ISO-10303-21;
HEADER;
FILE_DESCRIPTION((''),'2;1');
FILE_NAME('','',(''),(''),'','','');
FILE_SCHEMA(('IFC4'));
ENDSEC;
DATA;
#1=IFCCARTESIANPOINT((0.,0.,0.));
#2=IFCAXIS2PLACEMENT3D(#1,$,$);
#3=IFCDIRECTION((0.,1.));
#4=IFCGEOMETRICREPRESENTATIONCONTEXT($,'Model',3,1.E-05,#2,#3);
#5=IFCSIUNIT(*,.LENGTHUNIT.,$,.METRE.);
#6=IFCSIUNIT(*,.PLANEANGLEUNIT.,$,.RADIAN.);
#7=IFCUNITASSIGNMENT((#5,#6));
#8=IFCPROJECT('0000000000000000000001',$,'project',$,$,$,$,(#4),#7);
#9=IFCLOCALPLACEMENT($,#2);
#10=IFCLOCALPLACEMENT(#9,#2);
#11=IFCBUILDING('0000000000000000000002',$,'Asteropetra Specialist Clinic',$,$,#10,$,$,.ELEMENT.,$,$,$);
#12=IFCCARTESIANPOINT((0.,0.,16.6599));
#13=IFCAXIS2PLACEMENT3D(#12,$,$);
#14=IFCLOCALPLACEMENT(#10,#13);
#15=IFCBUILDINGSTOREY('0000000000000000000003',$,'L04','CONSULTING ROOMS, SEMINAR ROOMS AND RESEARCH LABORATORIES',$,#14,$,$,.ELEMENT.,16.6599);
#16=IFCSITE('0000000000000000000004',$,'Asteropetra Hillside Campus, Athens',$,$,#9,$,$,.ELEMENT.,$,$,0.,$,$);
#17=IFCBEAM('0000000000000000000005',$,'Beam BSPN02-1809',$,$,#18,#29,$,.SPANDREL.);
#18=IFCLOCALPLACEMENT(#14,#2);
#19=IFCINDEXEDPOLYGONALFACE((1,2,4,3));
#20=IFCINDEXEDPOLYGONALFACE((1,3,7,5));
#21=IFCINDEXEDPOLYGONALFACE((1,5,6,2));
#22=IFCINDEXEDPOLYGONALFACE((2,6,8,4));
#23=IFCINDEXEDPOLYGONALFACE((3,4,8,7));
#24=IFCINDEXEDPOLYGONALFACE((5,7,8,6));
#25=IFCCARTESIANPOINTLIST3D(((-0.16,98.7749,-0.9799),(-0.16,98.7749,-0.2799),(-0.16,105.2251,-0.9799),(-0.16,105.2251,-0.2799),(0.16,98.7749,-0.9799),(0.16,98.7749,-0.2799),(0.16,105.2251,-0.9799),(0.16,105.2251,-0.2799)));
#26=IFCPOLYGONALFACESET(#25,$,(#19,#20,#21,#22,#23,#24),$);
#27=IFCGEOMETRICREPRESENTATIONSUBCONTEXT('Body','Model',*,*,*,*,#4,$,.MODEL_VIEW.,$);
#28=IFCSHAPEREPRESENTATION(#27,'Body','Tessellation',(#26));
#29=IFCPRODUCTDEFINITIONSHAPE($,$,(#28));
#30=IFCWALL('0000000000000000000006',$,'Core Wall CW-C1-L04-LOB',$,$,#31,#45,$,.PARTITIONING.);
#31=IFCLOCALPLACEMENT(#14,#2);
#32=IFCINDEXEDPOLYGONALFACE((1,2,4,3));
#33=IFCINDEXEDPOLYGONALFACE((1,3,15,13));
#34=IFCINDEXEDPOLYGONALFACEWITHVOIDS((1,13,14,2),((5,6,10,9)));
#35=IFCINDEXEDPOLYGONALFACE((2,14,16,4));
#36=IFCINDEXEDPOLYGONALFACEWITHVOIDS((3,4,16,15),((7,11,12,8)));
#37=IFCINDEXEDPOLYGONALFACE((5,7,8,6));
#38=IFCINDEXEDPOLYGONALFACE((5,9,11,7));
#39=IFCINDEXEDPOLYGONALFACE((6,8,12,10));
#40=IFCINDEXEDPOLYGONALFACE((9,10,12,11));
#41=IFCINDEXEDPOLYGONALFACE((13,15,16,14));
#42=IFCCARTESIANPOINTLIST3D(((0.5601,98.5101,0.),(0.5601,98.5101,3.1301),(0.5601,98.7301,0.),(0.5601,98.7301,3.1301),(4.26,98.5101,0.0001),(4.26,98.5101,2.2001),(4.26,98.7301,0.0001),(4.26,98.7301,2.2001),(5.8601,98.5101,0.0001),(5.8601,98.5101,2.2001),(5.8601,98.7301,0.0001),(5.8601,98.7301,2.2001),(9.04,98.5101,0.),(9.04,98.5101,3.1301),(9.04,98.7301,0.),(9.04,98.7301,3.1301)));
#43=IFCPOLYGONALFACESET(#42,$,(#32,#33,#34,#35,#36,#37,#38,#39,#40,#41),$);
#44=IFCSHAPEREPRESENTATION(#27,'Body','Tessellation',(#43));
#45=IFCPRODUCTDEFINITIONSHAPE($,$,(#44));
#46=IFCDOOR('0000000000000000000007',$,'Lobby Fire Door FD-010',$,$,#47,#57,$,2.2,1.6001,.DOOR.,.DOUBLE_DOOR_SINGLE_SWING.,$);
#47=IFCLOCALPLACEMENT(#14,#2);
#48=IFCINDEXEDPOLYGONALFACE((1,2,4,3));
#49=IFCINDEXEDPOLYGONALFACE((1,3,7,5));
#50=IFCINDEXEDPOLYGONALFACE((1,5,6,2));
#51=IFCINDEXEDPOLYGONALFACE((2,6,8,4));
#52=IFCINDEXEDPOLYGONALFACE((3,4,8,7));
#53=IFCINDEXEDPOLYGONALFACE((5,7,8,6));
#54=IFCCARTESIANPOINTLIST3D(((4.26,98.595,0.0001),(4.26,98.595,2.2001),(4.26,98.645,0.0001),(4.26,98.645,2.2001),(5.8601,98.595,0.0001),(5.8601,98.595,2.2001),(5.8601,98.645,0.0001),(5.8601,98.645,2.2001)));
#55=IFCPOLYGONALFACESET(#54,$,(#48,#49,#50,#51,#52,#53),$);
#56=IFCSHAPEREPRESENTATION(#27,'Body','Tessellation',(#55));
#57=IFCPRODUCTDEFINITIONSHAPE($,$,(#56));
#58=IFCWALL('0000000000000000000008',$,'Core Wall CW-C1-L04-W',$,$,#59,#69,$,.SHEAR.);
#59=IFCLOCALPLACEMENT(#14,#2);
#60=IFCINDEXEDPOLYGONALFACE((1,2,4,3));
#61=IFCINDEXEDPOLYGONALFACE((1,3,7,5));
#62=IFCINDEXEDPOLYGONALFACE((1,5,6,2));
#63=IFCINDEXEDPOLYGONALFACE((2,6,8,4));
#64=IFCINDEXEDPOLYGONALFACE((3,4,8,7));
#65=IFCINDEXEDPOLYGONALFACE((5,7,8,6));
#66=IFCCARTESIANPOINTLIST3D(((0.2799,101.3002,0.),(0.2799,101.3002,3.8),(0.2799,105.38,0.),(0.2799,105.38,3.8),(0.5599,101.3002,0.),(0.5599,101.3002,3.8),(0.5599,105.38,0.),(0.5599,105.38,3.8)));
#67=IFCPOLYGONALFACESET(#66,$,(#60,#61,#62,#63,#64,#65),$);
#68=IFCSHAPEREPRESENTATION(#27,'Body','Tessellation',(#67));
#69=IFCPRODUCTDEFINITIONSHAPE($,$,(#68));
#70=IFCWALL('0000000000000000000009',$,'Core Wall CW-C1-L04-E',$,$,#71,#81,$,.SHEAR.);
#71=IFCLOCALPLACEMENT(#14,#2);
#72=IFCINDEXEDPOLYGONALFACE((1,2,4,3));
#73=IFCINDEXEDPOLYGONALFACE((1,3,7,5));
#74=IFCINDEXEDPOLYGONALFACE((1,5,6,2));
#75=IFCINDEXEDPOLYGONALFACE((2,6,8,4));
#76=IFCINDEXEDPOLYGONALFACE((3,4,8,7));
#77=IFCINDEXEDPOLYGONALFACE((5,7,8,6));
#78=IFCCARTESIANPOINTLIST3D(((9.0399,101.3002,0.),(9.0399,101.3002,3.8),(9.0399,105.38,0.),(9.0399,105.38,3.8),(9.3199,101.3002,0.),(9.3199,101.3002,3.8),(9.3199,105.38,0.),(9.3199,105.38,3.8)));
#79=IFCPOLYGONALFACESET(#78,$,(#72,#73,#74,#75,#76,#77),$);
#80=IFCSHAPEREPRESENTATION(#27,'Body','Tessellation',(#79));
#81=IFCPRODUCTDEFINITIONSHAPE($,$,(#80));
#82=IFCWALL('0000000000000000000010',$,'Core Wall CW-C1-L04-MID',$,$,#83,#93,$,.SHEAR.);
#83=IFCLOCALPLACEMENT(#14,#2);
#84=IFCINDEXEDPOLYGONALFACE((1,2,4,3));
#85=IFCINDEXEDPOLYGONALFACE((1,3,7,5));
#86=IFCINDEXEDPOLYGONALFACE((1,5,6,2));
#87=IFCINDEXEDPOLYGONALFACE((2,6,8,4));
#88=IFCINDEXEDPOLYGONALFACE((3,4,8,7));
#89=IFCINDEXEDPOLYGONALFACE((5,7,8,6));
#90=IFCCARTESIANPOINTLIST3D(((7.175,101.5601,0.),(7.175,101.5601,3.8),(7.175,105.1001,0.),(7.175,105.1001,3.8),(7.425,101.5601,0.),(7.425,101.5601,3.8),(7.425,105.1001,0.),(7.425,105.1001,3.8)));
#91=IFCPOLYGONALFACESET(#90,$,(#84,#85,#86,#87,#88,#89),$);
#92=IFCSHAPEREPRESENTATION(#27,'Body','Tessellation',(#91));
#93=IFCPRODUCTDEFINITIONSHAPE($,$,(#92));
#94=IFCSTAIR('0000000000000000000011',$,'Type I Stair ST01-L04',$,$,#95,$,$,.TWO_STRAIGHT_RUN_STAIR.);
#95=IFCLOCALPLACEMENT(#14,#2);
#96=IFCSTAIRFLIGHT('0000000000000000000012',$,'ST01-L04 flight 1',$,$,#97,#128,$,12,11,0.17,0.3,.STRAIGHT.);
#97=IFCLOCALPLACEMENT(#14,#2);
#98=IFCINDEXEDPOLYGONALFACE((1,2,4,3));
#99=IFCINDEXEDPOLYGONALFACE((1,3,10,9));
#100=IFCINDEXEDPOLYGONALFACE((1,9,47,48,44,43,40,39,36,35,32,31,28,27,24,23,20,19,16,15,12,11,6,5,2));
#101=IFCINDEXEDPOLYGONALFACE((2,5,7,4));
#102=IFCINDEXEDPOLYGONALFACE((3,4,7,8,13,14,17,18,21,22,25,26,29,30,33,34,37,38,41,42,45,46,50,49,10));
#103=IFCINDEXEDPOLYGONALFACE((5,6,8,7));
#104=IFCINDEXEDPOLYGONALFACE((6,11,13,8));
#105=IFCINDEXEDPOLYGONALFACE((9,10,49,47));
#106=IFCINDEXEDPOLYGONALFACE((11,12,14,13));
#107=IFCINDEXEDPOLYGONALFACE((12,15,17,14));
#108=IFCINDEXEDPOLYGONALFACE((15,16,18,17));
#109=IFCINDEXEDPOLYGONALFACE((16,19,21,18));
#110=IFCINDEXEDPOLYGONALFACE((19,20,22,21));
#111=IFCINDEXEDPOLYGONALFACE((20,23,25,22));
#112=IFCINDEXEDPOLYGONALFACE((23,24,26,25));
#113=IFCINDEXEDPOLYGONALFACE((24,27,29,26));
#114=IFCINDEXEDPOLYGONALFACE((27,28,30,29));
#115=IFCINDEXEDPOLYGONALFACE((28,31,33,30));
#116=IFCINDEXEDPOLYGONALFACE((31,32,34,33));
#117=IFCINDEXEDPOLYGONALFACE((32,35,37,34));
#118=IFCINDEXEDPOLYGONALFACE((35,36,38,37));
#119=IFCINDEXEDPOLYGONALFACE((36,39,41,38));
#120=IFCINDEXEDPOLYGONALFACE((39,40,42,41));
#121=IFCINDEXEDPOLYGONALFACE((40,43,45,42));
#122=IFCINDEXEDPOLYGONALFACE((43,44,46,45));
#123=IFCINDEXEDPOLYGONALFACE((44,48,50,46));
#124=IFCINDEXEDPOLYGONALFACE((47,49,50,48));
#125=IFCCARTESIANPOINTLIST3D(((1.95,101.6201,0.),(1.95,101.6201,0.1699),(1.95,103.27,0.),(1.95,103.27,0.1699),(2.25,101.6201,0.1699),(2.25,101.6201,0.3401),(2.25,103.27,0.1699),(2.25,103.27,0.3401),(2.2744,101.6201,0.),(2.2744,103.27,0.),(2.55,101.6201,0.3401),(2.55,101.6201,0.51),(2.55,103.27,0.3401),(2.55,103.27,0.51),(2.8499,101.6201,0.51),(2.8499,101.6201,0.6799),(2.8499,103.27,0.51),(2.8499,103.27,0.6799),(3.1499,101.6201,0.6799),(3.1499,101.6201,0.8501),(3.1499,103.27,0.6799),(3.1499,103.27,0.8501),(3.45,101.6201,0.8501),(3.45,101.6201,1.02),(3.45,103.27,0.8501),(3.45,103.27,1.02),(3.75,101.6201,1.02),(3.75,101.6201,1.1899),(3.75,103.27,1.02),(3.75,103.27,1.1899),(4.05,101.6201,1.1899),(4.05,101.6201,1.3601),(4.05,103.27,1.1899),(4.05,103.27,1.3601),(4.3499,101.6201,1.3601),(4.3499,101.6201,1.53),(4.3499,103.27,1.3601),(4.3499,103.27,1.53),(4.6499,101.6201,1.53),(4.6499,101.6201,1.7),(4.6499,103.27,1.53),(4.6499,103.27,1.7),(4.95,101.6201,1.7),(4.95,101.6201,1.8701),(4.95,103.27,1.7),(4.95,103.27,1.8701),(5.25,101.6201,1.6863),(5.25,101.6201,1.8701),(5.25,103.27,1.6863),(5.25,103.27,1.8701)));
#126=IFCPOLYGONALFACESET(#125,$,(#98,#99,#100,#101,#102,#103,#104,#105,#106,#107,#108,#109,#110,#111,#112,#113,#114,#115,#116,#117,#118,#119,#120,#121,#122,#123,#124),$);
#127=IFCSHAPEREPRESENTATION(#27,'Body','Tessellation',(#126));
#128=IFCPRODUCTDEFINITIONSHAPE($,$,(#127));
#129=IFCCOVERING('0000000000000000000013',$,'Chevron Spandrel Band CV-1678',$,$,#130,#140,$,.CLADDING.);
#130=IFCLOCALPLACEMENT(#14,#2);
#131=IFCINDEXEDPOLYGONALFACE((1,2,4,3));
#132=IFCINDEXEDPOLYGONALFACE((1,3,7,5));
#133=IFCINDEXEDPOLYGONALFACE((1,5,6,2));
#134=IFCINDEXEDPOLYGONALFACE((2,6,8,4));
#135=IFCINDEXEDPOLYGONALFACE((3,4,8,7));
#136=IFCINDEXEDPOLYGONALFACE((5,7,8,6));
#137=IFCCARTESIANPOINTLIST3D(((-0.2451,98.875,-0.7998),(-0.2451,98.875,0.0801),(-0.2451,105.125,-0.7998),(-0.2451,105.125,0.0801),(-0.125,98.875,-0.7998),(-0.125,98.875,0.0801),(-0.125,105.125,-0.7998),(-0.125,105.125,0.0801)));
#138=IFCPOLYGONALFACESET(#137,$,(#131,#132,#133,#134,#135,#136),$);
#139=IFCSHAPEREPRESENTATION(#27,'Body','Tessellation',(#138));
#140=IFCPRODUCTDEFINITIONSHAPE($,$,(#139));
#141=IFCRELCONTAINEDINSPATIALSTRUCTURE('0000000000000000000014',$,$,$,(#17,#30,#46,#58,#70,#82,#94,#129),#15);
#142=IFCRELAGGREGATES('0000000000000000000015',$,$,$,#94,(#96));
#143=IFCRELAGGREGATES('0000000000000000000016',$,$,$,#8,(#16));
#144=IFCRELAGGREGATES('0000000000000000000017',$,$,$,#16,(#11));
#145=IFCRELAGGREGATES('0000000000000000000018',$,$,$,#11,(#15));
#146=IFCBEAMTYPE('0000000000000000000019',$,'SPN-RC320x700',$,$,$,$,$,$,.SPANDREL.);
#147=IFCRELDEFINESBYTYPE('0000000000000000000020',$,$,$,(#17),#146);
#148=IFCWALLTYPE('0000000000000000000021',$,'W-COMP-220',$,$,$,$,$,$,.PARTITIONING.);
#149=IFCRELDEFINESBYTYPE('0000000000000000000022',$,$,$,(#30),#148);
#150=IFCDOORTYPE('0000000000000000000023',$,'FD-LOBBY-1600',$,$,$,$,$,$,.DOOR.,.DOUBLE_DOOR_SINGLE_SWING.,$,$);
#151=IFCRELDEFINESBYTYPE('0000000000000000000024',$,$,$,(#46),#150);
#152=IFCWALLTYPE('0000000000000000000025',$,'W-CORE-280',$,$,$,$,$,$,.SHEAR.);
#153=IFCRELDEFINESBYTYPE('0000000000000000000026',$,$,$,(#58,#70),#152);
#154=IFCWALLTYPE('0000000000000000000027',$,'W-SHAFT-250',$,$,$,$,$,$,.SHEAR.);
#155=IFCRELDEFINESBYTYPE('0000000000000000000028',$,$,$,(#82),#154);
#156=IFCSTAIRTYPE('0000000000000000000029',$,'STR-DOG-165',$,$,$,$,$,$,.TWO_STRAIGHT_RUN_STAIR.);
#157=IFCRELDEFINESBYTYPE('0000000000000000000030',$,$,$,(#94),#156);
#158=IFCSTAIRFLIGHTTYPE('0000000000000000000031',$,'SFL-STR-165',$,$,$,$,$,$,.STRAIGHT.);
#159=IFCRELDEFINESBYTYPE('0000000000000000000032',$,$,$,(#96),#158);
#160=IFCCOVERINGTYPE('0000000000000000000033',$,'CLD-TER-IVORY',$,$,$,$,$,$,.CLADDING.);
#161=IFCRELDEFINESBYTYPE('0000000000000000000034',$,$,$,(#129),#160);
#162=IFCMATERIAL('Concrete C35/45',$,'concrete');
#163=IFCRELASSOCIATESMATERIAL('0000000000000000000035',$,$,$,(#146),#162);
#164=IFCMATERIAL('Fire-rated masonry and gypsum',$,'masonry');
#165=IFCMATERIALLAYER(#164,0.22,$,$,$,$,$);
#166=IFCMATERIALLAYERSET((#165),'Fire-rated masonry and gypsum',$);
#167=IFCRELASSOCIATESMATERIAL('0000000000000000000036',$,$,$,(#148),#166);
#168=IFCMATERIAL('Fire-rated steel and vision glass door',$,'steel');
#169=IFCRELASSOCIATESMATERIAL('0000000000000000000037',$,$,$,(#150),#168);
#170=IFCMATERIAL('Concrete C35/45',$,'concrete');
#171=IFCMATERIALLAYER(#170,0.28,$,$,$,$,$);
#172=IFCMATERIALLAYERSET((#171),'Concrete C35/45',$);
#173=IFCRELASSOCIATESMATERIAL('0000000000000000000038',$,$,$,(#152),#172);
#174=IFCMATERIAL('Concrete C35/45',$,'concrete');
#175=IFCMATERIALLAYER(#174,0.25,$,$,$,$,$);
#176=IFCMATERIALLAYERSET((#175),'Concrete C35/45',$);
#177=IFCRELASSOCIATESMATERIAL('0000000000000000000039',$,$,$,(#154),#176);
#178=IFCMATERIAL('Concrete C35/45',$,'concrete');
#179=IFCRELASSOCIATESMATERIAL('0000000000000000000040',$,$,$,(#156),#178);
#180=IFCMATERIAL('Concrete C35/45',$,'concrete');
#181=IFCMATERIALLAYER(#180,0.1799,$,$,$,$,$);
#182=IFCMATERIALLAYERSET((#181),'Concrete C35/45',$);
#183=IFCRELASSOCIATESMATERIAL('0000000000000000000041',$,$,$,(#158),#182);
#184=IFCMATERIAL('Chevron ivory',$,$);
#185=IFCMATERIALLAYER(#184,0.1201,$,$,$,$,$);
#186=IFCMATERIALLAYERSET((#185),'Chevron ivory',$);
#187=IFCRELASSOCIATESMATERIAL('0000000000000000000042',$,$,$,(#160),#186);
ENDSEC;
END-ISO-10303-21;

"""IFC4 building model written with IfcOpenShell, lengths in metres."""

from ifc_helpers import new_model, si_unit, direction, frame, frame_2d, origin, origin_2d, place, context, subcontext, project, spatial, polyline, rectangle, outline, extrude, material, layer, layer_set, material_profile, profile_set, type_object, element, fill, aggregate, save


model = new_model("IFC4")

# Units and contexts
model_context = context("Model", 3, precision=1e-05, world=origin(), true_north=direction((0.0, 1.0)))
body_context = subcontext(model_context, "Body", "Model", "MODEL_VIEW")
ifc_project = project(units=[si_unit("LENGTHUNIT", "METRE"), si_unit("PLANEANGLEUNIT", "RADIAN")], contexts=[model_context])

# Site, building, storey
site_placement = place(None, origin())
site = spatial("IfcSite", under=ifc_project, at=site_placement, Name="Asteropetra Hillside Campus, Athens", CompositionType="ELEMENT", RefElevation=0.0)
building_placement = place(site_placement, origin())
building = spatial("IfcBuilding", under=site, at=building_placement, Name="Asteropetra Specialist Clinic", CompositionType="ELEMENT")
storey_placement = place(building_placement, frame((0.0, 0.0, 16.6599)))
storey = spatial("IfcBuildingStorey", under=building, at=storey_placement, Name="L04", Description="CONSULTING ROOMS, SEMINAR ROOMS AND RESEARCH LABORATORIES", CompositionType="ELEMENT", Elevation=16.6599)

# Beam
ifc_material_1 = material(Name="Concrete C35/45", Category="concrete")
ifc_material_profile = material_profile(ifc_material_1, rectangle(XDim=0.3201, YDim=0.7, at=origin_2d()), Name="RCS 320x700")
ifc_profile_set = profile_set([ifc_material_profile], Name="Concrete C35/45")
beam_type = type_object("IfcBeamType", Name="SPN-RC320x700", PredefinedType="SPANDREL", material=ifc_profile_set)
beam_placement = place(storey_placement, frame((0.0, 98.7749, -0.6299), z_axis=(0.0, 1.0, 0.0), x_axis=(-1.0, 0.0, 0.0)))
element("IfcBeam", 1, at=beam_placement, inside=storey, type_object=beam_type, Name="Beam BSPN02-1809", PredefinedType="SPANDREL", context=body_context, shape_type="SweptSolid", body=[
    extrude(rectangle(XDim=0.3201, YDim=0.7, at=origin_2d()), origin(), (0.0, 0.0, 1.0), 6.4502),
])

# Wall, opening, door
ifc_material_2 = material(Name="Fire-rated masonry and gypsum", Category="masonry")
ifc_layer_1 = layer(ifc_material_2, 0.22)
ifc_layer_set_1 = layer_set([ifc_layer_1], Name="Fire-rated masonry and gypsum")
wall_type_1 = type_object("IfcWallType", Name="W-COMP-220", PredefinedType="PARTITIONING", material=ifc_layer_set_1)
wall_1_placement = place(storey_placement, frame((0.5601, 98.6201, 0.0), z_axis=(0.0, 0.0, 1.0), x_axis=(1.0, 0.0, 0.0)))
wall_1 = element("IfcWall", 2, at=wall_1_placement, inside=storey, type_object=wall_type_1, Name="Core Wall CW-C1-L04-LOB", PredefinedType="PARTITIONING", context=body_context, shape_type="SweptSolid", body=[
    extrude(rectangle(XDim=8.48, YDim=0.22, at=frame_2d((4.24, 0.0))), origin(), (0.0, 0.0, 1.0), 3.1301),
])
opening_1_placement = place(wall_1_placement, frame((3.7, 0.0, 0.0)))
opening_1 = element("IfcOpeningElement", 3, at=opening_1_placement, cuts=wall_1, PredefinedType="OPENING", context=body_context, shape_type="SweptSolid", body=[
    extrude(rectangle(XDim=1.6001, YDim=2.2, at=frame_2d((0.8, 1.1001))), frame((0.0, 0.1199, 0.0), z_axis=(0.0, -1.0, 0.0), x_axis=(1.0, 0.0, 0.0)), (0.0, 0.0, 1.0), 0.24),
])
ifc_material_3 = material(Name="Fire-rated steel and vision glass door", Category="steel")
door_type_1 = type_object("IfcDoorType", Name="FD-LOBBY-1600", OperationType="DOUBLE_DOOR_SINGLE_SWING", PredefinedType="DOOR", material=ifc_material_3)
door_1_placement = place(opening_1_placement, origin())
door_1 = element("IfcDoor", 4, at=door_1_placement, inside=storey, type_object=door_type_1, Name="Lobby Fire Door FD-010", OperationType="DOUBLE_DOOR_SINGLE_SWING", OverallHeight=2.2, OverallWidth=1.6001, PredefinedType="DOOR", context=body_context, shape_type="SweptSolid", body=[
    extrude(rectangle(XDim=1.6001, YDim=2.2, at=frame_2d((0.8, 1.1001))), frame((0.0, 0.0249, 0.0), z_axis=(0.0, -1.0, 0.0), x_axis=(1.0, 0.0, 0.0)), (0.0, 0.0, 1.0), 0.05),
])
fill(opening_1, door_1)

# Walls
ifc_material_4 = material(Name="Concrete C35/45", Category="concrete")
ifc_layer_2 = layer(ifc_material_4, 0.28)
ifc_layer_set_2 = layer_set([ifc_layer_2], Name="Concrete C35/45")
wall_type_2 = type_object("IfcWallType", Name="W-CORE-280", PredefinedType="SHEAR", material=ifc_layer_set_2)
for number, where, z_axis, x_axis, name in (
    (5, (0.4199, 101.3, 0.0), (0.0, 0.0, 1.0), (0.0, 1.0, 0.0), "Core Wall CW-C1-L04-W"),
    (6, (9.1799, 101.3, 0.0), (0.0, 0.0, 1.0), (0.0, 1.0, 0.0), "Core Wall CW-C1-L04-E"),
):
    element("IfcWall", number, at=place(storey_placement, frame(where, z_axis=z_axis, x_axis=x_axis)), inside=storey, type_object=wall_type_2, Name=name, PredefinedType="SHEAR", context=body_context, shape_type="SweptSolid", body=[
        extrude(rectangle(XDim=4.0798, YDim=0.28, at=frame_2d((2.04, 0.0))), origin(), (0.0, 0.0, 1.0), 3.8),
    ])
ifc_material_5 = material(Name="Concrete C35/45", Category="concrete")
ifc_layer_3 = layer(ifc_material_5, 0.25)
ifc_layer_set_3 = layer_set([ifc_layer_3], Name="Concrete C35/45")
wall_type_3 = type_object("IfcWallType", Name="W-SHAFT-250", PredefinedType="SHEAR", material=ifc_layer_set_3)
wall_2_placement = place(storey_placement, frame((7.3, 101.5601, 0.0), z_axis=(0.0, 0.0, 1.0), x_axis=(0.0, 1.0, 0.0)))
element("IfcWall", 7, at=wall_2_placement, inside=storey, type_object=wall_type_3, Name="Core Wall CW-C1-L04-MID", PredefinedType="SHEAR", context=body_context, shape_type="SweptSolid", body=[
    extrude(rectangle(XDim=3.54, YDim=0.25, at=frame_2d((1.77, 0.0))), origin(), (0.0, 0.0, 1.0), 3.8),
])

# Stair, stair flight
ifc_material_6 = material(Name="Concrete C35/45", Category="concrete")
stair_type = type_object("IfcStairType", Name="STR-DOG-165", PredefinedType="TWO_STRAIGHT_RUN_STAIR", material=ifc_material_6)
stair_placement = place(storey_placement, origin())
stair = element("IfcStair", 8, at=stair_placement, inside=storey, type_object=stair_type, Name="Type I Stair ST01-L04", PredefinedType="TWO_STRAIGHT_RUN_STAIR")
ifc_material_7 = material(Name="Concrete C35/45", Category="concrete")
ifc_layer_4 = layer(ifc_material_7, 0.1799)
ifc_layer_set_4 = layer_set([ifc_layer_4], Name="Concrete C35/45")
stair_flight_type = type_object("IfcStairFlightType", Name="SFL-STR-165", PredefinedType="STRAIGHT", material=ifc_layer_set_4)
stair_flight_placement = place(storey_placement, frame((1.95, 102.4451, 0.0), z_axis=(0.0, 0.0, 1.0), x_axis=(1.0, 0.0, 0.0)))
stair_flight = element("IfcStairFlight", 9, at=stair_flight_placement, type_object=stair_flight_type, Name="ST01-L04 flight 1", NumberOfRisers=12, NumberOfTreads=11, PredefinedType="STRAIGHT", RiserHeight=0.17, TreadLength=0.3, context=body_context, shape_type="SweptSolid", body=[
    extrude(outline(polyline([(0.0, 0.0), (0.0, 0.1699), (0.3, 0.1699), (0.3, 0.3401), (0.6001, 0.3401), (0.6001, 0.51), (0.8999, 0.51), (0.8999, 0.6799), (1.2, 0.6799), (1.2, 0.8501), (1.5, 0.8501), (1.5, 1.02), (1.8, 1.02), (1.8, 1.1899), (2.1001, 1.1899), (2.1001, 1.3601), (2.3999, 1.3601), (2.3999, 1.53), (2.7, 1.53), (2.7, 1.7), (3.0, 1.7), (3.0, 1.8701), (3.3, 1.8701), (3.3, 2.04), (3.3, 1.6863), (0.3245, 0.0), (0.0, 0.0)])), frame((0.0, 0.825, 0.0), z_axis=(0.0, -1.0, 0.0), x_axis=(1.0, 0.0, 0.0)), (0.0, 0.0, 1.0), 1.6499),
])
aggregate(stair, [stair_flight])

# Covering
ifc_material_8 = material(Name="Chevron ivory")
ifc_layer_5 = layer(ifc_material_8, 0.1201)
ifc_layer_set_5 = layer_set([ifc_layer_5], Name="Chevron ivory")
covering_type = type_object("IfcCoveringType", Name="CLD-TER-IVORY", PredefinedType="CLADDING", material=ifc_layer_set_5)
covering_placement = place(storey_placement, frame((-0.1851, 102.0, -0.7998), z_axis=(0.0, 0.0, 1.0), x_axis=(1.0, 0.0, 0.0)))
element("IfcCovering", 10, at=covering_placement, inside=storey, type_object=covering_type, Name="Chevron Spandrel Band CV-1678", PredefinedType="CLADDING", context=body_context, shape_type="SweptSolid", body=[
    extrude(rectangle(XDim=0.1201, YDim=6.25, at=origin_2d()), origin(), (0.0, 0.0, 1.0), 0.8799),
])

save(model, "model.ifc")
